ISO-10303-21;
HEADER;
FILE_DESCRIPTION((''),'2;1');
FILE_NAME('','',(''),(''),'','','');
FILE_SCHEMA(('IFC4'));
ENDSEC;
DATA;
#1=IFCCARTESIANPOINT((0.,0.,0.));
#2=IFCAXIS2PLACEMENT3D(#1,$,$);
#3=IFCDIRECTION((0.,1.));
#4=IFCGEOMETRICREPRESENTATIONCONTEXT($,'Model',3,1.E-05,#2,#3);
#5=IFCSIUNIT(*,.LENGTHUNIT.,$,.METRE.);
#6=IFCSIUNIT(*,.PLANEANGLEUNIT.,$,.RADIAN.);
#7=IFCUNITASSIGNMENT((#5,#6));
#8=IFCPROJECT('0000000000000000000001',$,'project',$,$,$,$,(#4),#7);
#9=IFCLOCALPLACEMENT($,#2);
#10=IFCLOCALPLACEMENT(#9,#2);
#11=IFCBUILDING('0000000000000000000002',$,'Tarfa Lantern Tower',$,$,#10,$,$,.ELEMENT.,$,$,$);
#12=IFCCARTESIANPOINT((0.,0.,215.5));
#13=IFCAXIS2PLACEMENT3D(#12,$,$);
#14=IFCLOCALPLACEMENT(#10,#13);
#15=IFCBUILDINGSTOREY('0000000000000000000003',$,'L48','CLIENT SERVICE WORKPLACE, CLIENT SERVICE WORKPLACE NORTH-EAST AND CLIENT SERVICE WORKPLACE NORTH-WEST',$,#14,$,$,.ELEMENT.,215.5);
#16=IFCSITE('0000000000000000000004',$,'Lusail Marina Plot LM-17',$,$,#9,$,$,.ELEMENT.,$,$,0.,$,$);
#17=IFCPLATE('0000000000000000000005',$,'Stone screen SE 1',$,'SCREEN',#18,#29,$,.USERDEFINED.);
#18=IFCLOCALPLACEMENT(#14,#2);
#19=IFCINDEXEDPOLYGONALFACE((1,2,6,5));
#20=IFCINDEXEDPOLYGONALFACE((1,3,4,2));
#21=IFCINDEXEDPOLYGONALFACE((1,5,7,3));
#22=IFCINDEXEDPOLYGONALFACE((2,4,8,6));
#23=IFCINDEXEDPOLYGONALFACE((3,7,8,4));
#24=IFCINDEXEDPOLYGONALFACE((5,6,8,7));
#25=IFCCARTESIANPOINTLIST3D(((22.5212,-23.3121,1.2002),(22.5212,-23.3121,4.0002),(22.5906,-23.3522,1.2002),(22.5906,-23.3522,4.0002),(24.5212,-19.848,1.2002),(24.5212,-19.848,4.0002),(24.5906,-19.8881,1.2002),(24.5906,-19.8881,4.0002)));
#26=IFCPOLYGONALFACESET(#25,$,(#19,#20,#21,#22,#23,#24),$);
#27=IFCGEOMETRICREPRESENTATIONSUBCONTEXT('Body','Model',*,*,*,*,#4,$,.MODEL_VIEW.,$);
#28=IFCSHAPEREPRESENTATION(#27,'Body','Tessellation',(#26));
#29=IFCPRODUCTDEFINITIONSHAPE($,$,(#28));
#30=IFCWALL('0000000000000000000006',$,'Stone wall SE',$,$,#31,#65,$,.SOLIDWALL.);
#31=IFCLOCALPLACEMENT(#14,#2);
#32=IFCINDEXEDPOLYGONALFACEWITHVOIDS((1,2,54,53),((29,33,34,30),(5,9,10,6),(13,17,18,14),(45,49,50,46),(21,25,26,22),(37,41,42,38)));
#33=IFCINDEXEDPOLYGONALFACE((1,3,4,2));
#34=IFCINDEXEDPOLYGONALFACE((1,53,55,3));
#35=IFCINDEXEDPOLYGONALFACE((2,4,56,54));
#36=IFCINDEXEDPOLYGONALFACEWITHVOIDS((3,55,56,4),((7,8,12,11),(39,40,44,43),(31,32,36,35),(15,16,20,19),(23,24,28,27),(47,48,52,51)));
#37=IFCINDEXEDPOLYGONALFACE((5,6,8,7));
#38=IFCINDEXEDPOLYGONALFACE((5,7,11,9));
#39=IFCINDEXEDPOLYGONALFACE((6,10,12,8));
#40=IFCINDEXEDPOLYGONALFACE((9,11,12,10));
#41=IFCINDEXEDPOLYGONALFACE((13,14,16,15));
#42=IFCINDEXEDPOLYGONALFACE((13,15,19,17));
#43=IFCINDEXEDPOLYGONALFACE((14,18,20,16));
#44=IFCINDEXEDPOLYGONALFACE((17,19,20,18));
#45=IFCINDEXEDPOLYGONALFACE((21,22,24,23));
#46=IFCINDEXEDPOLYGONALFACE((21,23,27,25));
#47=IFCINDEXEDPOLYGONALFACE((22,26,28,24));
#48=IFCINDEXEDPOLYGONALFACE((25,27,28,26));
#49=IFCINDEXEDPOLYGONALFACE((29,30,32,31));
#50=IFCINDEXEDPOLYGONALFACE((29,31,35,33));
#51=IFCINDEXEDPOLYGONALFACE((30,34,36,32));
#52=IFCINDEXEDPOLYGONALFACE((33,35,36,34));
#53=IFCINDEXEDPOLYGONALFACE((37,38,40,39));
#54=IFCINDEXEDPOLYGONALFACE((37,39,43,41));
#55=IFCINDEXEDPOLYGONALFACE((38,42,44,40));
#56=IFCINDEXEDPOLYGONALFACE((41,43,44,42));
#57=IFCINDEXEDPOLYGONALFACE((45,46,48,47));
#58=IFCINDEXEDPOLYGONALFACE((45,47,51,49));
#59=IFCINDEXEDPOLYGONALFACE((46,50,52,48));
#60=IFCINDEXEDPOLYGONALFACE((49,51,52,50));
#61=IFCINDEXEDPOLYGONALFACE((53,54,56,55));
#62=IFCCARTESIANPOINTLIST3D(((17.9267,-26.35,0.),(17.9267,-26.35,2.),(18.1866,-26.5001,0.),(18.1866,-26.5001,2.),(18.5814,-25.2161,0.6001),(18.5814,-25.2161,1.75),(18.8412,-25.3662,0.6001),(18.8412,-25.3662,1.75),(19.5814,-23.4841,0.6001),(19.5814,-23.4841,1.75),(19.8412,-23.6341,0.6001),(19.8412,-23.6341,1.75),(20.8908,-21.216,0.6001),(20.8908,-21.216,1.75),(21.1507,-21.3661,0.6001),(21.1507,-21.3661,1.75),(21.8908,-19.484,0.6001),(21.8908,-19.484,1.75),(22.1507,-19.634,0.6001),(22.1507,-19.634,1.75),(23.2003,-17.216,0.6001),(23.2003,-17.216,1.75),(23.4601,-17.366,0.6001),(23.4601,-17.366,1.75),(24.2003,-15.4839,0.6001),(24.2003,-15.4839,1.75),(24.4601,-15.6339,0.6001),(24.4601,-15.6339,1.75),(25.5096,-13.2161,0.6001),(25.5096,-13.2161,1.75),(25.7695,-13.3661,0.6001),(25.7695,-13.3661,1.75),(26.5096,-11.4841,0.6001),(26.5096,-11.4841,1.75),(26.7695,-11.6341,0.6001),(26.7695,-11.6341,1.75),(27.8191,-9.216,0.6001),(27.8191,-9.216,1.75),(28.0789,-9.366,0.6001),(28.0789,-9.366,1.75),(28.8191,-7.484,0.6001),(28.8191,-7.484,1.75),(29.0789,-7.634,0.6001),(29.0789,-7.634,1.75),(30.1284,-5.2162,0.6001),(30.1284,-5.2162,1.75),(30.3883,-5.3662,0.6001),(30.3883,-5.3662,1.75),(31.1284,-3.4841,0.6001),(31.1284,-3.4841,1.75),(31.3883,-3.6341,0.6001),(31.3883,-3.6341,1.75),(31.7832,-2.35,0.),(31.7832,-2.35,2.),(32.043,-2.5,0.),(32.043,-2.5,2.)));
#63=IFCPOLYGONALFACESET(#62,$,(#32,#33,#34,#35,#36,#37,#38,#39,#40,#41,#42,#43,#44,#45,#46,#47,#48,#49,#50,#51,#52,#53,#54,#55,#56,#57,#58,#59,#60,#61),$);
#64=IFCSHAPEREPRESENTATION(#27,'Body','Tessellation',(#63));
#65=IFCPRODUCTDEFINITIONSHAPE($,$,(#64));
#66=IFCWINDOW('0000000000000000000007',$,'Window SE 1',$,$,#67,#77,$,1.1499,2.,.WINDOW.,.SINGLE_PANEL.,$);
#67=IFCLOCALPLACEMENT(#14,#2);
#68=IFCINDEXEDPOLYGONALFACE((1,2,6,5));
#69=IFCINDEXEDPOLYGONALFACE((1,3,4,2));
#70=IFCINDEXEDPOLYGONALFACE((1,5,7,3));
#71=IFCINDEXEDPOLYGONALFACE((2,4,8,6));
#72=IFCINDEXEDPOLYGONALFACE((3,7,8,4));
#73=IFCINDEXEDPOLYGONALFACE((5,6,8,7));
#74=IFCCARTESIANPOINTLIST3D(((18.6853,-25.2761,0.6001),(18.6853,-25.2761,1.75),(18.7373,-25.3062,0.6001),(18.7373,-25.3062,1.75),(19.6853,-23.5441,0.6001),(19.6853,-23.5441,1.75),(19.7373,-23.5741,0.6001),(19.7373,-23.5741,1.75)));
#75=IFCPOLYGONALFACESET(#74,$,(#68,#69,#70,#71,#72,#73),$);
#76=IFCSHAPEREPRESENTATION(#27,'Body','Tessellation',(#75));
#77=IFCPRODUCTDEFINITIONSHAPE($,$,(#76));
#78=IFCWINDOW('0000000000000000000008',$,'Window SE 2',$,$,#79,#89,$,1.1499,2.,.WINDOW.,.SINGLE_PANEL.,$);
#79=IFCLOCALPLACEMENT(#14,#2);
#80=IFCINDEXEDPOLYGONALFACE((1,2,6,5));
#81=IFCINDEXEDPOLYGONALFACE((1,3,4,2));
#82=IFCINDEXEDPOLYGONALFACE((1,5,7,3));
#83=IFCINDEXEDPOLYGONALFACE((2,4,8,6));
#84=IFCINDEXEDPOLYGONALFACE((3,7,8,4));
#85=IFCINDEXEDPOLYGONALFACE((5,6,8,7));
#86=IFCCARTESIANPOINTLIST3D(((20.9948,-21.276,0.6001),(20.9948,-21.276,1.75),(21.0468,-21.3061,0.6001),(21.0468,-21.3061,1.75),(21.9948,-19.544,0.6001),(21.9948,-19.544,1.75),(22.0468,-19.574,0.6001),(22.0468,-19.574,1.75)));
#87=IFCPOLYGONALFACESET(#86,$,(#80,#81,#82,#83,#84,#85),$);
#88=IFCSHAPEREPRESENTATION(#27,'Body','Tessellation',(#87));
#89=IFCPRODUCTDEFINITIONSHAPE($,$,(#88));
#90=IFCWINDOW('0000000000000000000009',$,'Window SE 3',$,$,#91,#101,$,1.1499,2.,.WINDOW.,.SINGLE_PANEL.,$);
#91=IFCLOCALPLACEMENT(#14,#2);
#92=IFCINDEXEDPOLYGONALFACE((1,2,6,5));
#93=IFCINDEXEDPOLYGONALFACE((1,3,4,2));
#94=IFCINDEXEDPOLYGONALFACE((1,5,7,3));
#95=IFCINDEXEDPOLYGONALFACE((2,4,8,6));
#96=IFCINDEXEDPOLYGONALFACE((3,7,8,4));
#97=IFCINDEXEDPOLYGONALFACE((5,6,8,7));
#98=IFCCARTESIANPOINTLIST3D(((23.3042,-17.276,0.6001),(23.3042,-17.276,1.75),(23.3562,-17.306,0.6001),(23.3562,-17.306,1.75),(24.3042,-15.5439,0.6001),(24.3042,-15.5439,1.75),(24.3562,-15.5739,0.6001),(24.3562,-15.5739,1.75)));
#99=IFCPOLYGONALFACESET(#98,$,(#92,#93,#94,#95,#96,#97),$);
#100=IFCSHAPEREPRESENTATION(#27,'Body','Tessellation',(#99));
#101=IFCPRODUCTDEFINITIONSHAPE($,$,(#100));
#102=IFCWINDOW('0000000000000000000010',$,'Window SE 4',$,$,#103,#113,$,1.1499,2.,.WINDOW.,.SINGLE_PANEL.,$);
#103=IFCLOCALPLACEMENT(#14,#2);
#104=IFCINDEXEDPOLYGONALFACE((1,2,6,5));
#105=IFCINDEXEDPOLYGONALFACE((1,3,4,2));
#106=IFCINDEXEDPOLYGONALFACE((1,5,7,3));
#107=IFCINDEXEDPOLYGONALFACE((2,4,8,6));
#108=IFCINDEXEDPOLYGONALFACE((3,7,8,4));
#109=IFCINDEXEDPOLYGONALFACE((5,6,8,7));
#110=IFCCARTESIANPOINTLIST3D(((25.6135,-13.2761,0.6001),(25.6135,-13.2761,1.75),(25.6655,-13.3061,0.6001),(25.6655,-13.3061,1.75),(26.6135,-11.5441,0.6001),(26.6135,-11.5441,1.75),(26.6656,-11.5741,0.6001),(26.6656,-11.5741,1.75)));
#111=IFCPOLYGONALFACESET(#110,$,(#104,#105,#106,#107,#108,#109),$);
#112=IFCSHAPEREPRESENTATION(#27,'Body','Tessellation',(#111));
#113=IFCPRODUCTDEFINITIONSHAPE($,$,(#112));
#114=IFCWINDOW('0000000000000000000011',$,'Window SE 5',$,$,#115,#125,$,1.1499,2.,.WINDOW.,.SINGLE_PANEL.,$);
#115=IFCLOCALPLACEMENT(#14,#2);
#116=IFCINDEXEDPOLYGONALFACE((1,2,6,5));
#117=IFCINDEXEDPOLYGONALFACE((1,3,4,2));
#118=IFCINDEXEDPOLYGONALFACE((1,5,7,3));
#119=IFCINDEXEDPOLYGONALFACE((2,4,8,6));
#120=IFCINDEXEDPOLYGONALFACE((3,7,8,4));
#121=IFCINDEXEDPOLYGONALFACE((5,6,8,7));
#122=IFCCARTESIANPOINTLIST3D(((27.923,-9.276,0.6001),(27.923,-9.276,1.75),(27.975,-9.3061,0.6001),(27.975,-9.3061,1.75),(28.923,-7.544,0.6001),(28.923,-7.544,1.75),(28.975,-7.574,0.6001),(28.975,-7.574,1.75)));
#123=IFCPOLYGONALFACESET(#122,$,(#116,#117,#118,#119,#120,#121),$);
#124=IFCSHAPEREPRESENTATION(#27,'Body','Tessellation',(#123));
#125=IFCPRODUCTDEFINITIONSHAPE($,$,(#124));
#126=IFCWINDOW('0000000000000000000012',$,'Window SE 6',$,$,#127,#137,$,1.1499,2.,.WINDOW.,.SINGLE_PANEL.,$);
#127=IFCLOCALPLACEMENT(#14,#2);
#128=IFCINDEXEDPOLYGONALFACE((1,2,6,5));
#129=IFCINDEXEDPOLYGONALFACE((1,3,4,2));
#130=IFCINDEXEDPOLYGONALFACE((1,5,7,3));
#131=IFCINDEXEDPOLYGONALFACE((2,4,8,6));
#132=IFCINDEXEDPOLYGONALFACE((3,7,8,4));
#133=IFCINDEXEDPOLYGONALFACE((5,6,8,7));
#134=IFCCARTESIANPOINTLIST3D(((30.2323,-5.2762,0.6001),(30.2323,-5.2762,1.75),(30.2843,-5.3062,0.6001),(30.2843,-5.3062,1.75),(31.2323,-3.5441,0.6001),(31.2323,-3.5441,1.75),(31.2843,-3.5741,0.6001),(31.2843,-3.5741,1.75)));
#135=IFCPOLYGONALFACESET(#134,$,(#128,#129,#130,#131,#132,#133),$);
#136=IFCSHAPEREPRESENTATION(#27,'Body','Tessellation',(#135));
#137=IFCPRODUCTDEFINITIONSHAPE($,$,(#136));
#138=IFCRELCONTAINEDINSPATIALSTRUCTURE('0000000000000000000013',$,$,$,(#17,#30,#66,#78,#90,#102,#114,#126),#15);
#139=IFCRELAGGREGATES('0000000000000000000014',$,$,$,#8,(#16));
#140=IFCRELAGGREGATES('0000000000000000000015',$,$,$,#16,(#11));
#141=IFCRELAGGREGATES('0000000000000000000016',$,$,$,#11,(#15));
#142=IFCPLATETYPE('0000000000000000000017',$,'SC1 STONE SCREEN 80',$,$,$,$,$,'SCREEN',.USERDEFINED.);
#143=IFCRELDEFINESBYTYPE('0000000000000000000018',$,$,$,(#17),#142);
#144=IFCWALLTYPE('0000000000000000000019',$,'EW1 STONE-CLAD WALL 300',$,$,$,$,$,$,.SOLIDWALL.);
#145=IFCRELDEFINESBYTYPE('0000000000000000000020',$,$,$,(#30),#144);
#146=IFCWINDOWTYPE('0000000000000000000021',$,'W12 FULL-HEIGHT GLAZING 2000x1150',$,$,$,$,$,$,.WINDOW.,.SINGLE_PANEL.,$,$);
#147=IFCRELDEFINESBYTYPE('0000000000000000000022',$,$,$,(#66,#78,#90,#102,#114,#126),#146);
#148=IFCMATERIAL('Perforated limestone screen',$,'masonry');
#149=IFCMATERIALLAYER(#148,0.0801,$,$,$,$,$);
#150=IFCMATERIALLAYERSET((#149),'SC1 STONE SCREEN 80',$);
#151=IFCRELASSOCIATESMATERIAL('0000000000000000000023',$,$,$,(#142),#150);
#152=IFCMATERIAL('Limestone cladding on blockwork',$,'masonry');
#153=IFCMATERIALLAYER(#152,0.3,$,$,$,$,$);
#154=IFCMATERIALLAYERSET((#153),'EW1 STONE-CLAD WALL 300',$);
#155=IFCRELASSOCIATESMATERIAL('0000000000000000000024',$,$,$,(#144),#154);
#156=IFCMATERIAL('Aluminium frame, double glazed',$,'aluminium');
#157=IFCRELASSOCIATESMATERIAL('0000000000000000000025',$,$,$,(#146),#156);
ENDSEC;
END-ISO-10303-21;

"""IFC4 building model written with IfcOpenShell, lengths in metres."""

from ifc_helpers import new_model, si_unit, direction, frame, frame_2d, origin, origin_2d, place, context, subcontext, project, spatial, rectangle, extrude, material, layer, layer_set, type_object, element, fill, save


model = new_model("IFC4")

# Units and contexts
model_context = context("Model", 3, precision=1e-05, world=origin(), true_north=direction((0.0, 1.0)))
body_context = subcontext(model_context, "Body", "Model", "MODEL_VIEW")
ifc_project = project(units=[si_unit("LENGTHUNIT", "METRE"), si_unit("PLANEANGLEUNIT", "RADIAN")], contexts=[model_context])

# Site, building, storey
site_placement = place(None, origin())
site = spatial("IfcSite", under=ifc_project, at=site_placement, Name="Lusail Marina Plot LM-17", CompositionType="ELEMENT", RefElevation=0.0)
building_placement = place(site_placement, origin())
building = spatial("IfcBuilding", under=site, at=building_placement, Name="Tarfa Lantern Tower", CompositionType="ELEMENT")
storey_placement = place(building_placement, frame((0.0, 0.0, 215.5)))
storey = spatial("IfcBuildingStorey", under=building, at=storey_placement, Name="L48", Description="CLIENT SERVICE WORKPLACE, CLIENT SERVICE WORKPLACE NORTH-EAST AND CLIENT SERVICE WORKPLACE NORTH-WEST", CompositionType="ELEMENT", Elevation=215.5)

# Plate
ifc_material_1 = material(Name="Perforated limestone screen", Category="masonry")
ifc_layer_1 = layer(ifc_material_1, 0.0801)
ifc_layer_set_1 = layer_set([ifc_layer_1], Name="SC1 STONE SCREEN 80")
plate_type = type_object("IfcPlateType", Name="SC1 STONE SCREEN 80", ElementType="SCREEN", PredefinedType="USERDEFINED", material=ifc_layer_set_1)
plate_placement = place(storey_placement, frame((23.5559, -21.6001, 1.2002), z_axis=(0.0, 0.0, 1.0), x_axis=(0.5, 0.866025, 0.0)))
element("IfcPlate", 1, at=plate_placement, inside=storey, type_object=plate_type, Name="Stone screen SE 1", ObjectType="SCREEN", PredefinedType="USERDEFINED", context=body_context, shape_type="SweptSolid", body=[
    extrude(rectangle(XDim=4.0, YDim=0.0801, at=origin_2d()), origin(), (0.0, 0.0, 1.0), 2.8),
])

# Wall, openings, windows
ifc_material_2 = material(Name="Limestone cladding on blockwork", Category="masonry")
ifc_layer_2 = layer(ifc_material_2, 0.3)
ifc_layer_set_2 = layer_set([ifc_layer_2], Name="EW1 STONE-CLAD WALL 300")
wall_type_1 = type_object("IfcWallType", Name="EW1 STONE-CLAD WALL 300", PredefinedType="SOLIDWALL", material=ifc_layer_set_2)
wall_1_placement = place(storey_placement, frame((18.0566, -26.425, 0.0), z_axis=(0.0, 0.0, 1.0), x_axis=(0.500001, 0.866025, 0.0)))
wall_1 = element("IfcWall", 2, at=wall_1_placement, inside=storey, type_object=wall_type_1, Name="Stone wall SE", PredefinedType="SOLIDWALL", context=body_context, shape_type="SweptSolid", body=[
    extrude(rectangle(XDim=27.7129, YDim=0.3, at=frame_2d((13.8564, 0.0))), origin(), (0.0, 0.0, 1.0), 2.0),
])
opening_1_placement = place(wall_1_placement, frame((1.3093, 0.0, 0.6001)))
opening_1 = element("IfcOpeningElement", 3, at=opening_1_placement, cuts=wall_1, PredefinedType="OPENING", context=body_context, shape_type="SweptSolid", body=[
    extrude(rectangle(XDim=2.0, YDim=1.1499, at=frame_2d((1.0, 0.575))), frame((0.0, 0.1599, 0.0), z_axis=(0.0, -1.0, 0.0), x_axis=(1.0, 0.0, 0.0)), (0.0, 0.0, 1.0), 0.3201),
])
opening_2_placement = place(wall_1_placement, frame((5.9282, 0.0, 0.6001)))
opening_2 = element("IfcOpeningElement", 4, at=opening_2_placement, cuts=wall_1, PredefinedType="OPENING", context=body_context, shape_type="SweptSolid", body=[
    extrude(rectangle(XDim=2.0, YDim=1.1499, at=frame_2d((1.0, 0.575))), frame((0.0, 0.1599, 0.0), z_axis=(0.0, -1.0, 0.0), x_axis=(1.0, 0.0, 0.0)), (0.0, 0.0, 1.0), 0.3201),
])
opening_3_placement = place(wall_1_placement, frame((10.5471, 0.0, 0.6001)))
opening_3 = element("IfcOpeningElement", 5, at=opening_3_placement, cuts=wall_1, PredefinedType="OPENING", context=body_context, shape_type="SweptSolid", body=[
    extrude(rectangle(XDim=2.0, YDim=1.1499, at=frame_2d((1.0, 0.575))), frame((0.0, 0.1599, 0.0), z_axis=(0.0, -1.0, 0.0), x_axis=(1.0, 0.0, 0.0)), (0.0, 0.0, 1.0), 0.3201),
])
opening_4_placement = place(wall_1_placement, frame((15.1658, 0.0, 0.6001)))
opening_4 = element("IfcOpeningElement", 6, at=opening_4_placement, cuts=wall_1, PredefinedType="OPENING", context=body_context, shape_type="SweptSolid", body=[
    extrude(rectangle(XDim=2.0, YDim=1.1499, at=frame_2d((1.0, 0.575))), frame((0.0, 0.1599, 0.0), z_axis=(0.0, -1.0, 0.0), x_axis=(1.0, 0.0, 0.0)), (0.0, 0.0, 1.0), 0.3201),
])
opening_5_placement = place(wall_1_placement, frame((19.7847, 0.0, 0.6001)))
opening_5 = element("IfcOpeningElement", 7, at=opening_5_placement, cuts=wall_1, PredefinedType="OPENING", context=body_context, shape_type="SweptSolid", body=[
    extrude(rectangle(XDim=2.0, YDim=1.1499, at=frame_2d((1.0, 0.575))), frame((0.0, 0.1599, 0.0), z_axis=(0.0, -1.0, 0.0), x_axis=(1.0, 0.0, 0.0)), (0.0, 0.0, 1.0), 0.3201),
])
opening_6_placement = place(wall_1_placement, frame((24.4033, 0.0, 0.6001)))
opening_6 = element("IfcOpeningElement", 8, at=opening_6_placement, cuts=wall_1, PredefinedType="OPENING", context=body_context, shape_type="SweptSolid", body=[
    extrude(rectangle(XDim=2.0, YDim=1.1499, at=frame_2d((1.0, 0.575))), frame((0.0, 0.1599, 0.0), z_axis=(0.0, -1.0, 0.0), x_axis=(1.0, 0.0, 0.0)), (0.0, 0.0, 1.0), 0.3201),
])
ifc_material_3 = material(Name="Aluminium frame, double glazed", Category="aluminium")
window_type = type_object("IfcWindowType", Name="W12 FULL-HEIGHT GLAZING 2000x1150", PartitioningType="SINGLE_PANEL", PredefinedType="WINDOW", material=ifc_material_3)
window_1_placement = place(opening_1_placement, origin())
window_1 = element("IfcWindow", 9, at=window_1_placement, inside=storey, type_object=window_type, Name="Window SE 1", OverallHeight=1.1499, OverallWidth=2.0, PartitioningType="SINGLE_PANEL", PredefinedType="WINDOW", context=body_context, shape_type="SweptSolid", body=[
    extrude(rectangle(XDim=2.0, YDim=1.1499, at=frame_2d((1.0, 0.575))), frame((0.0, 0.03, 0.0), z_axis=(0.0, -1.0, 0.0), x_axis=(1.0, 0.0, 0.0)), (0.0, 0.0, 1.0), 0.0601),
])
fill(opening_1, window_1)
window_2_placement = place(opening_2_placement, origin())
window_2 = element("IfcWindow", 10, at=window_2_placement, inside=storey, type_object=window_type, Name="Window SE 2", OverallHeight=1.1499, OverallWidth=2.0, PartitioningType="SINGLE_PANEL", PredefinedType="WINDOW", context=body_context, shape_type="SweptSolid", body=[
    extrude(rectangle(XDim=2.0, YDim=1.1499, at=frame_2d((1.0, 0.575))), frame((0.0, 0.03, 0.0), z_axis=(0.0, -1.0, 0.0), x_axis=(1.0, 0.0, 0.0)), (0.0, 0.0, 1.0), 0.0601),
])
fill(opening_2, window_2)
window_3_placement = place(opening_3_placement, origin())
window_3 = element("IfcWindow", 11, at=window_3_placement, inside=storey, type_object=window_type, Name="Window SE 3", OverallHeight=1.1499, OverallWidth=2.0, PartitioningType="SINGLE_PANEL", PredefinedType="WINDOW", context=body_context, shape_type="SweptSolid", body=[
    extrude(rectangle(XDim=2.0, YDim=1.1499, at=frame_2d((1.0, 0.575))), frame((0.0, 0.03, 0.0), z_axis=(0.0, -1.0, 0.0), x_axis=(1.0, 0.0, 0.0)), (0.0, 0.0, 1.0), 0.0601),
])
fill(opening_3, window_3)
window_4_placement = place(opening_4_placement, origin())
window_4 = element("IfcWindow", 12, at=window_4_placement, inside=storey, type_object=window_type, Name="Window SE 4", OverallHeight=1.1499, OverallWidth=2.0, PartitioningType="SINGLE_PANEL", PredefinedType="WINDOW", context=body_context, shape_type="SweptSolid", body=[
    extrude(rectangle(XDim=2.0, YDim=1.1499, at=frame_2d((1.0, 0.575))), frame((0.0, 0.03, 0.0), z_axis=(0.0, -1.0, 0.0), x_axis=(1.0, 0.0, 0.0)), (0.0, 0.0, 1.0), 0.0601),
])
fill(opening_4, window_4)
window_5_placement = place(opening_5_placement, origin())
window_5 = element("IfcWindow", 13, at=window_5_placement, inside=storey, type_object=window_type, Name="Window SE 5", OverallHeight=1.1499, OverallWidth=2.0, PartitioningType="SINGLE_PANEL", PredefinedType="WINDOW", context=body_context, shape_type="SweptSolid", body=[
    extrude(rectangle(XDim=2.0, YDim=1.1499, at=frame_2d((1.0, 0.575))), frame((0.0, 0.03, 0.0), z_axis=(0.0, -1.0, 0.0), x_axis=(1.0, 0.0, 0.0)), (0.0, 0.0, 1.0), 0.0601),
])
fill(opening_5, window_5)
window_6_placement = place(opening_6_placement, origin())
window_6 = element("IfcWindow", 14, at=window_6_placement, inside=storey, type_object=window_type, Name="Window SE 6", OverallHeight=1.1499, OverallWidth=2.0, PartitioningType="SINGLE_PANEL", PredefinedType="WINDOW", context=body_context, shape_type="SweptSolid", body=[
    extrude(rectangle(XDim=2.0, YDim=1.1499, at=frame_2d((1.0, 0.575))), frame((0.0, 0.03, 0.0), z_axis=(0.0, -1.0, 0.0), x_axis=(1.0, 0.0, 0.0)), (0.0, 0.0, 1.0), 0.0601),
])
fill(opening_6, window_6)

save(model, "model.ifc")
